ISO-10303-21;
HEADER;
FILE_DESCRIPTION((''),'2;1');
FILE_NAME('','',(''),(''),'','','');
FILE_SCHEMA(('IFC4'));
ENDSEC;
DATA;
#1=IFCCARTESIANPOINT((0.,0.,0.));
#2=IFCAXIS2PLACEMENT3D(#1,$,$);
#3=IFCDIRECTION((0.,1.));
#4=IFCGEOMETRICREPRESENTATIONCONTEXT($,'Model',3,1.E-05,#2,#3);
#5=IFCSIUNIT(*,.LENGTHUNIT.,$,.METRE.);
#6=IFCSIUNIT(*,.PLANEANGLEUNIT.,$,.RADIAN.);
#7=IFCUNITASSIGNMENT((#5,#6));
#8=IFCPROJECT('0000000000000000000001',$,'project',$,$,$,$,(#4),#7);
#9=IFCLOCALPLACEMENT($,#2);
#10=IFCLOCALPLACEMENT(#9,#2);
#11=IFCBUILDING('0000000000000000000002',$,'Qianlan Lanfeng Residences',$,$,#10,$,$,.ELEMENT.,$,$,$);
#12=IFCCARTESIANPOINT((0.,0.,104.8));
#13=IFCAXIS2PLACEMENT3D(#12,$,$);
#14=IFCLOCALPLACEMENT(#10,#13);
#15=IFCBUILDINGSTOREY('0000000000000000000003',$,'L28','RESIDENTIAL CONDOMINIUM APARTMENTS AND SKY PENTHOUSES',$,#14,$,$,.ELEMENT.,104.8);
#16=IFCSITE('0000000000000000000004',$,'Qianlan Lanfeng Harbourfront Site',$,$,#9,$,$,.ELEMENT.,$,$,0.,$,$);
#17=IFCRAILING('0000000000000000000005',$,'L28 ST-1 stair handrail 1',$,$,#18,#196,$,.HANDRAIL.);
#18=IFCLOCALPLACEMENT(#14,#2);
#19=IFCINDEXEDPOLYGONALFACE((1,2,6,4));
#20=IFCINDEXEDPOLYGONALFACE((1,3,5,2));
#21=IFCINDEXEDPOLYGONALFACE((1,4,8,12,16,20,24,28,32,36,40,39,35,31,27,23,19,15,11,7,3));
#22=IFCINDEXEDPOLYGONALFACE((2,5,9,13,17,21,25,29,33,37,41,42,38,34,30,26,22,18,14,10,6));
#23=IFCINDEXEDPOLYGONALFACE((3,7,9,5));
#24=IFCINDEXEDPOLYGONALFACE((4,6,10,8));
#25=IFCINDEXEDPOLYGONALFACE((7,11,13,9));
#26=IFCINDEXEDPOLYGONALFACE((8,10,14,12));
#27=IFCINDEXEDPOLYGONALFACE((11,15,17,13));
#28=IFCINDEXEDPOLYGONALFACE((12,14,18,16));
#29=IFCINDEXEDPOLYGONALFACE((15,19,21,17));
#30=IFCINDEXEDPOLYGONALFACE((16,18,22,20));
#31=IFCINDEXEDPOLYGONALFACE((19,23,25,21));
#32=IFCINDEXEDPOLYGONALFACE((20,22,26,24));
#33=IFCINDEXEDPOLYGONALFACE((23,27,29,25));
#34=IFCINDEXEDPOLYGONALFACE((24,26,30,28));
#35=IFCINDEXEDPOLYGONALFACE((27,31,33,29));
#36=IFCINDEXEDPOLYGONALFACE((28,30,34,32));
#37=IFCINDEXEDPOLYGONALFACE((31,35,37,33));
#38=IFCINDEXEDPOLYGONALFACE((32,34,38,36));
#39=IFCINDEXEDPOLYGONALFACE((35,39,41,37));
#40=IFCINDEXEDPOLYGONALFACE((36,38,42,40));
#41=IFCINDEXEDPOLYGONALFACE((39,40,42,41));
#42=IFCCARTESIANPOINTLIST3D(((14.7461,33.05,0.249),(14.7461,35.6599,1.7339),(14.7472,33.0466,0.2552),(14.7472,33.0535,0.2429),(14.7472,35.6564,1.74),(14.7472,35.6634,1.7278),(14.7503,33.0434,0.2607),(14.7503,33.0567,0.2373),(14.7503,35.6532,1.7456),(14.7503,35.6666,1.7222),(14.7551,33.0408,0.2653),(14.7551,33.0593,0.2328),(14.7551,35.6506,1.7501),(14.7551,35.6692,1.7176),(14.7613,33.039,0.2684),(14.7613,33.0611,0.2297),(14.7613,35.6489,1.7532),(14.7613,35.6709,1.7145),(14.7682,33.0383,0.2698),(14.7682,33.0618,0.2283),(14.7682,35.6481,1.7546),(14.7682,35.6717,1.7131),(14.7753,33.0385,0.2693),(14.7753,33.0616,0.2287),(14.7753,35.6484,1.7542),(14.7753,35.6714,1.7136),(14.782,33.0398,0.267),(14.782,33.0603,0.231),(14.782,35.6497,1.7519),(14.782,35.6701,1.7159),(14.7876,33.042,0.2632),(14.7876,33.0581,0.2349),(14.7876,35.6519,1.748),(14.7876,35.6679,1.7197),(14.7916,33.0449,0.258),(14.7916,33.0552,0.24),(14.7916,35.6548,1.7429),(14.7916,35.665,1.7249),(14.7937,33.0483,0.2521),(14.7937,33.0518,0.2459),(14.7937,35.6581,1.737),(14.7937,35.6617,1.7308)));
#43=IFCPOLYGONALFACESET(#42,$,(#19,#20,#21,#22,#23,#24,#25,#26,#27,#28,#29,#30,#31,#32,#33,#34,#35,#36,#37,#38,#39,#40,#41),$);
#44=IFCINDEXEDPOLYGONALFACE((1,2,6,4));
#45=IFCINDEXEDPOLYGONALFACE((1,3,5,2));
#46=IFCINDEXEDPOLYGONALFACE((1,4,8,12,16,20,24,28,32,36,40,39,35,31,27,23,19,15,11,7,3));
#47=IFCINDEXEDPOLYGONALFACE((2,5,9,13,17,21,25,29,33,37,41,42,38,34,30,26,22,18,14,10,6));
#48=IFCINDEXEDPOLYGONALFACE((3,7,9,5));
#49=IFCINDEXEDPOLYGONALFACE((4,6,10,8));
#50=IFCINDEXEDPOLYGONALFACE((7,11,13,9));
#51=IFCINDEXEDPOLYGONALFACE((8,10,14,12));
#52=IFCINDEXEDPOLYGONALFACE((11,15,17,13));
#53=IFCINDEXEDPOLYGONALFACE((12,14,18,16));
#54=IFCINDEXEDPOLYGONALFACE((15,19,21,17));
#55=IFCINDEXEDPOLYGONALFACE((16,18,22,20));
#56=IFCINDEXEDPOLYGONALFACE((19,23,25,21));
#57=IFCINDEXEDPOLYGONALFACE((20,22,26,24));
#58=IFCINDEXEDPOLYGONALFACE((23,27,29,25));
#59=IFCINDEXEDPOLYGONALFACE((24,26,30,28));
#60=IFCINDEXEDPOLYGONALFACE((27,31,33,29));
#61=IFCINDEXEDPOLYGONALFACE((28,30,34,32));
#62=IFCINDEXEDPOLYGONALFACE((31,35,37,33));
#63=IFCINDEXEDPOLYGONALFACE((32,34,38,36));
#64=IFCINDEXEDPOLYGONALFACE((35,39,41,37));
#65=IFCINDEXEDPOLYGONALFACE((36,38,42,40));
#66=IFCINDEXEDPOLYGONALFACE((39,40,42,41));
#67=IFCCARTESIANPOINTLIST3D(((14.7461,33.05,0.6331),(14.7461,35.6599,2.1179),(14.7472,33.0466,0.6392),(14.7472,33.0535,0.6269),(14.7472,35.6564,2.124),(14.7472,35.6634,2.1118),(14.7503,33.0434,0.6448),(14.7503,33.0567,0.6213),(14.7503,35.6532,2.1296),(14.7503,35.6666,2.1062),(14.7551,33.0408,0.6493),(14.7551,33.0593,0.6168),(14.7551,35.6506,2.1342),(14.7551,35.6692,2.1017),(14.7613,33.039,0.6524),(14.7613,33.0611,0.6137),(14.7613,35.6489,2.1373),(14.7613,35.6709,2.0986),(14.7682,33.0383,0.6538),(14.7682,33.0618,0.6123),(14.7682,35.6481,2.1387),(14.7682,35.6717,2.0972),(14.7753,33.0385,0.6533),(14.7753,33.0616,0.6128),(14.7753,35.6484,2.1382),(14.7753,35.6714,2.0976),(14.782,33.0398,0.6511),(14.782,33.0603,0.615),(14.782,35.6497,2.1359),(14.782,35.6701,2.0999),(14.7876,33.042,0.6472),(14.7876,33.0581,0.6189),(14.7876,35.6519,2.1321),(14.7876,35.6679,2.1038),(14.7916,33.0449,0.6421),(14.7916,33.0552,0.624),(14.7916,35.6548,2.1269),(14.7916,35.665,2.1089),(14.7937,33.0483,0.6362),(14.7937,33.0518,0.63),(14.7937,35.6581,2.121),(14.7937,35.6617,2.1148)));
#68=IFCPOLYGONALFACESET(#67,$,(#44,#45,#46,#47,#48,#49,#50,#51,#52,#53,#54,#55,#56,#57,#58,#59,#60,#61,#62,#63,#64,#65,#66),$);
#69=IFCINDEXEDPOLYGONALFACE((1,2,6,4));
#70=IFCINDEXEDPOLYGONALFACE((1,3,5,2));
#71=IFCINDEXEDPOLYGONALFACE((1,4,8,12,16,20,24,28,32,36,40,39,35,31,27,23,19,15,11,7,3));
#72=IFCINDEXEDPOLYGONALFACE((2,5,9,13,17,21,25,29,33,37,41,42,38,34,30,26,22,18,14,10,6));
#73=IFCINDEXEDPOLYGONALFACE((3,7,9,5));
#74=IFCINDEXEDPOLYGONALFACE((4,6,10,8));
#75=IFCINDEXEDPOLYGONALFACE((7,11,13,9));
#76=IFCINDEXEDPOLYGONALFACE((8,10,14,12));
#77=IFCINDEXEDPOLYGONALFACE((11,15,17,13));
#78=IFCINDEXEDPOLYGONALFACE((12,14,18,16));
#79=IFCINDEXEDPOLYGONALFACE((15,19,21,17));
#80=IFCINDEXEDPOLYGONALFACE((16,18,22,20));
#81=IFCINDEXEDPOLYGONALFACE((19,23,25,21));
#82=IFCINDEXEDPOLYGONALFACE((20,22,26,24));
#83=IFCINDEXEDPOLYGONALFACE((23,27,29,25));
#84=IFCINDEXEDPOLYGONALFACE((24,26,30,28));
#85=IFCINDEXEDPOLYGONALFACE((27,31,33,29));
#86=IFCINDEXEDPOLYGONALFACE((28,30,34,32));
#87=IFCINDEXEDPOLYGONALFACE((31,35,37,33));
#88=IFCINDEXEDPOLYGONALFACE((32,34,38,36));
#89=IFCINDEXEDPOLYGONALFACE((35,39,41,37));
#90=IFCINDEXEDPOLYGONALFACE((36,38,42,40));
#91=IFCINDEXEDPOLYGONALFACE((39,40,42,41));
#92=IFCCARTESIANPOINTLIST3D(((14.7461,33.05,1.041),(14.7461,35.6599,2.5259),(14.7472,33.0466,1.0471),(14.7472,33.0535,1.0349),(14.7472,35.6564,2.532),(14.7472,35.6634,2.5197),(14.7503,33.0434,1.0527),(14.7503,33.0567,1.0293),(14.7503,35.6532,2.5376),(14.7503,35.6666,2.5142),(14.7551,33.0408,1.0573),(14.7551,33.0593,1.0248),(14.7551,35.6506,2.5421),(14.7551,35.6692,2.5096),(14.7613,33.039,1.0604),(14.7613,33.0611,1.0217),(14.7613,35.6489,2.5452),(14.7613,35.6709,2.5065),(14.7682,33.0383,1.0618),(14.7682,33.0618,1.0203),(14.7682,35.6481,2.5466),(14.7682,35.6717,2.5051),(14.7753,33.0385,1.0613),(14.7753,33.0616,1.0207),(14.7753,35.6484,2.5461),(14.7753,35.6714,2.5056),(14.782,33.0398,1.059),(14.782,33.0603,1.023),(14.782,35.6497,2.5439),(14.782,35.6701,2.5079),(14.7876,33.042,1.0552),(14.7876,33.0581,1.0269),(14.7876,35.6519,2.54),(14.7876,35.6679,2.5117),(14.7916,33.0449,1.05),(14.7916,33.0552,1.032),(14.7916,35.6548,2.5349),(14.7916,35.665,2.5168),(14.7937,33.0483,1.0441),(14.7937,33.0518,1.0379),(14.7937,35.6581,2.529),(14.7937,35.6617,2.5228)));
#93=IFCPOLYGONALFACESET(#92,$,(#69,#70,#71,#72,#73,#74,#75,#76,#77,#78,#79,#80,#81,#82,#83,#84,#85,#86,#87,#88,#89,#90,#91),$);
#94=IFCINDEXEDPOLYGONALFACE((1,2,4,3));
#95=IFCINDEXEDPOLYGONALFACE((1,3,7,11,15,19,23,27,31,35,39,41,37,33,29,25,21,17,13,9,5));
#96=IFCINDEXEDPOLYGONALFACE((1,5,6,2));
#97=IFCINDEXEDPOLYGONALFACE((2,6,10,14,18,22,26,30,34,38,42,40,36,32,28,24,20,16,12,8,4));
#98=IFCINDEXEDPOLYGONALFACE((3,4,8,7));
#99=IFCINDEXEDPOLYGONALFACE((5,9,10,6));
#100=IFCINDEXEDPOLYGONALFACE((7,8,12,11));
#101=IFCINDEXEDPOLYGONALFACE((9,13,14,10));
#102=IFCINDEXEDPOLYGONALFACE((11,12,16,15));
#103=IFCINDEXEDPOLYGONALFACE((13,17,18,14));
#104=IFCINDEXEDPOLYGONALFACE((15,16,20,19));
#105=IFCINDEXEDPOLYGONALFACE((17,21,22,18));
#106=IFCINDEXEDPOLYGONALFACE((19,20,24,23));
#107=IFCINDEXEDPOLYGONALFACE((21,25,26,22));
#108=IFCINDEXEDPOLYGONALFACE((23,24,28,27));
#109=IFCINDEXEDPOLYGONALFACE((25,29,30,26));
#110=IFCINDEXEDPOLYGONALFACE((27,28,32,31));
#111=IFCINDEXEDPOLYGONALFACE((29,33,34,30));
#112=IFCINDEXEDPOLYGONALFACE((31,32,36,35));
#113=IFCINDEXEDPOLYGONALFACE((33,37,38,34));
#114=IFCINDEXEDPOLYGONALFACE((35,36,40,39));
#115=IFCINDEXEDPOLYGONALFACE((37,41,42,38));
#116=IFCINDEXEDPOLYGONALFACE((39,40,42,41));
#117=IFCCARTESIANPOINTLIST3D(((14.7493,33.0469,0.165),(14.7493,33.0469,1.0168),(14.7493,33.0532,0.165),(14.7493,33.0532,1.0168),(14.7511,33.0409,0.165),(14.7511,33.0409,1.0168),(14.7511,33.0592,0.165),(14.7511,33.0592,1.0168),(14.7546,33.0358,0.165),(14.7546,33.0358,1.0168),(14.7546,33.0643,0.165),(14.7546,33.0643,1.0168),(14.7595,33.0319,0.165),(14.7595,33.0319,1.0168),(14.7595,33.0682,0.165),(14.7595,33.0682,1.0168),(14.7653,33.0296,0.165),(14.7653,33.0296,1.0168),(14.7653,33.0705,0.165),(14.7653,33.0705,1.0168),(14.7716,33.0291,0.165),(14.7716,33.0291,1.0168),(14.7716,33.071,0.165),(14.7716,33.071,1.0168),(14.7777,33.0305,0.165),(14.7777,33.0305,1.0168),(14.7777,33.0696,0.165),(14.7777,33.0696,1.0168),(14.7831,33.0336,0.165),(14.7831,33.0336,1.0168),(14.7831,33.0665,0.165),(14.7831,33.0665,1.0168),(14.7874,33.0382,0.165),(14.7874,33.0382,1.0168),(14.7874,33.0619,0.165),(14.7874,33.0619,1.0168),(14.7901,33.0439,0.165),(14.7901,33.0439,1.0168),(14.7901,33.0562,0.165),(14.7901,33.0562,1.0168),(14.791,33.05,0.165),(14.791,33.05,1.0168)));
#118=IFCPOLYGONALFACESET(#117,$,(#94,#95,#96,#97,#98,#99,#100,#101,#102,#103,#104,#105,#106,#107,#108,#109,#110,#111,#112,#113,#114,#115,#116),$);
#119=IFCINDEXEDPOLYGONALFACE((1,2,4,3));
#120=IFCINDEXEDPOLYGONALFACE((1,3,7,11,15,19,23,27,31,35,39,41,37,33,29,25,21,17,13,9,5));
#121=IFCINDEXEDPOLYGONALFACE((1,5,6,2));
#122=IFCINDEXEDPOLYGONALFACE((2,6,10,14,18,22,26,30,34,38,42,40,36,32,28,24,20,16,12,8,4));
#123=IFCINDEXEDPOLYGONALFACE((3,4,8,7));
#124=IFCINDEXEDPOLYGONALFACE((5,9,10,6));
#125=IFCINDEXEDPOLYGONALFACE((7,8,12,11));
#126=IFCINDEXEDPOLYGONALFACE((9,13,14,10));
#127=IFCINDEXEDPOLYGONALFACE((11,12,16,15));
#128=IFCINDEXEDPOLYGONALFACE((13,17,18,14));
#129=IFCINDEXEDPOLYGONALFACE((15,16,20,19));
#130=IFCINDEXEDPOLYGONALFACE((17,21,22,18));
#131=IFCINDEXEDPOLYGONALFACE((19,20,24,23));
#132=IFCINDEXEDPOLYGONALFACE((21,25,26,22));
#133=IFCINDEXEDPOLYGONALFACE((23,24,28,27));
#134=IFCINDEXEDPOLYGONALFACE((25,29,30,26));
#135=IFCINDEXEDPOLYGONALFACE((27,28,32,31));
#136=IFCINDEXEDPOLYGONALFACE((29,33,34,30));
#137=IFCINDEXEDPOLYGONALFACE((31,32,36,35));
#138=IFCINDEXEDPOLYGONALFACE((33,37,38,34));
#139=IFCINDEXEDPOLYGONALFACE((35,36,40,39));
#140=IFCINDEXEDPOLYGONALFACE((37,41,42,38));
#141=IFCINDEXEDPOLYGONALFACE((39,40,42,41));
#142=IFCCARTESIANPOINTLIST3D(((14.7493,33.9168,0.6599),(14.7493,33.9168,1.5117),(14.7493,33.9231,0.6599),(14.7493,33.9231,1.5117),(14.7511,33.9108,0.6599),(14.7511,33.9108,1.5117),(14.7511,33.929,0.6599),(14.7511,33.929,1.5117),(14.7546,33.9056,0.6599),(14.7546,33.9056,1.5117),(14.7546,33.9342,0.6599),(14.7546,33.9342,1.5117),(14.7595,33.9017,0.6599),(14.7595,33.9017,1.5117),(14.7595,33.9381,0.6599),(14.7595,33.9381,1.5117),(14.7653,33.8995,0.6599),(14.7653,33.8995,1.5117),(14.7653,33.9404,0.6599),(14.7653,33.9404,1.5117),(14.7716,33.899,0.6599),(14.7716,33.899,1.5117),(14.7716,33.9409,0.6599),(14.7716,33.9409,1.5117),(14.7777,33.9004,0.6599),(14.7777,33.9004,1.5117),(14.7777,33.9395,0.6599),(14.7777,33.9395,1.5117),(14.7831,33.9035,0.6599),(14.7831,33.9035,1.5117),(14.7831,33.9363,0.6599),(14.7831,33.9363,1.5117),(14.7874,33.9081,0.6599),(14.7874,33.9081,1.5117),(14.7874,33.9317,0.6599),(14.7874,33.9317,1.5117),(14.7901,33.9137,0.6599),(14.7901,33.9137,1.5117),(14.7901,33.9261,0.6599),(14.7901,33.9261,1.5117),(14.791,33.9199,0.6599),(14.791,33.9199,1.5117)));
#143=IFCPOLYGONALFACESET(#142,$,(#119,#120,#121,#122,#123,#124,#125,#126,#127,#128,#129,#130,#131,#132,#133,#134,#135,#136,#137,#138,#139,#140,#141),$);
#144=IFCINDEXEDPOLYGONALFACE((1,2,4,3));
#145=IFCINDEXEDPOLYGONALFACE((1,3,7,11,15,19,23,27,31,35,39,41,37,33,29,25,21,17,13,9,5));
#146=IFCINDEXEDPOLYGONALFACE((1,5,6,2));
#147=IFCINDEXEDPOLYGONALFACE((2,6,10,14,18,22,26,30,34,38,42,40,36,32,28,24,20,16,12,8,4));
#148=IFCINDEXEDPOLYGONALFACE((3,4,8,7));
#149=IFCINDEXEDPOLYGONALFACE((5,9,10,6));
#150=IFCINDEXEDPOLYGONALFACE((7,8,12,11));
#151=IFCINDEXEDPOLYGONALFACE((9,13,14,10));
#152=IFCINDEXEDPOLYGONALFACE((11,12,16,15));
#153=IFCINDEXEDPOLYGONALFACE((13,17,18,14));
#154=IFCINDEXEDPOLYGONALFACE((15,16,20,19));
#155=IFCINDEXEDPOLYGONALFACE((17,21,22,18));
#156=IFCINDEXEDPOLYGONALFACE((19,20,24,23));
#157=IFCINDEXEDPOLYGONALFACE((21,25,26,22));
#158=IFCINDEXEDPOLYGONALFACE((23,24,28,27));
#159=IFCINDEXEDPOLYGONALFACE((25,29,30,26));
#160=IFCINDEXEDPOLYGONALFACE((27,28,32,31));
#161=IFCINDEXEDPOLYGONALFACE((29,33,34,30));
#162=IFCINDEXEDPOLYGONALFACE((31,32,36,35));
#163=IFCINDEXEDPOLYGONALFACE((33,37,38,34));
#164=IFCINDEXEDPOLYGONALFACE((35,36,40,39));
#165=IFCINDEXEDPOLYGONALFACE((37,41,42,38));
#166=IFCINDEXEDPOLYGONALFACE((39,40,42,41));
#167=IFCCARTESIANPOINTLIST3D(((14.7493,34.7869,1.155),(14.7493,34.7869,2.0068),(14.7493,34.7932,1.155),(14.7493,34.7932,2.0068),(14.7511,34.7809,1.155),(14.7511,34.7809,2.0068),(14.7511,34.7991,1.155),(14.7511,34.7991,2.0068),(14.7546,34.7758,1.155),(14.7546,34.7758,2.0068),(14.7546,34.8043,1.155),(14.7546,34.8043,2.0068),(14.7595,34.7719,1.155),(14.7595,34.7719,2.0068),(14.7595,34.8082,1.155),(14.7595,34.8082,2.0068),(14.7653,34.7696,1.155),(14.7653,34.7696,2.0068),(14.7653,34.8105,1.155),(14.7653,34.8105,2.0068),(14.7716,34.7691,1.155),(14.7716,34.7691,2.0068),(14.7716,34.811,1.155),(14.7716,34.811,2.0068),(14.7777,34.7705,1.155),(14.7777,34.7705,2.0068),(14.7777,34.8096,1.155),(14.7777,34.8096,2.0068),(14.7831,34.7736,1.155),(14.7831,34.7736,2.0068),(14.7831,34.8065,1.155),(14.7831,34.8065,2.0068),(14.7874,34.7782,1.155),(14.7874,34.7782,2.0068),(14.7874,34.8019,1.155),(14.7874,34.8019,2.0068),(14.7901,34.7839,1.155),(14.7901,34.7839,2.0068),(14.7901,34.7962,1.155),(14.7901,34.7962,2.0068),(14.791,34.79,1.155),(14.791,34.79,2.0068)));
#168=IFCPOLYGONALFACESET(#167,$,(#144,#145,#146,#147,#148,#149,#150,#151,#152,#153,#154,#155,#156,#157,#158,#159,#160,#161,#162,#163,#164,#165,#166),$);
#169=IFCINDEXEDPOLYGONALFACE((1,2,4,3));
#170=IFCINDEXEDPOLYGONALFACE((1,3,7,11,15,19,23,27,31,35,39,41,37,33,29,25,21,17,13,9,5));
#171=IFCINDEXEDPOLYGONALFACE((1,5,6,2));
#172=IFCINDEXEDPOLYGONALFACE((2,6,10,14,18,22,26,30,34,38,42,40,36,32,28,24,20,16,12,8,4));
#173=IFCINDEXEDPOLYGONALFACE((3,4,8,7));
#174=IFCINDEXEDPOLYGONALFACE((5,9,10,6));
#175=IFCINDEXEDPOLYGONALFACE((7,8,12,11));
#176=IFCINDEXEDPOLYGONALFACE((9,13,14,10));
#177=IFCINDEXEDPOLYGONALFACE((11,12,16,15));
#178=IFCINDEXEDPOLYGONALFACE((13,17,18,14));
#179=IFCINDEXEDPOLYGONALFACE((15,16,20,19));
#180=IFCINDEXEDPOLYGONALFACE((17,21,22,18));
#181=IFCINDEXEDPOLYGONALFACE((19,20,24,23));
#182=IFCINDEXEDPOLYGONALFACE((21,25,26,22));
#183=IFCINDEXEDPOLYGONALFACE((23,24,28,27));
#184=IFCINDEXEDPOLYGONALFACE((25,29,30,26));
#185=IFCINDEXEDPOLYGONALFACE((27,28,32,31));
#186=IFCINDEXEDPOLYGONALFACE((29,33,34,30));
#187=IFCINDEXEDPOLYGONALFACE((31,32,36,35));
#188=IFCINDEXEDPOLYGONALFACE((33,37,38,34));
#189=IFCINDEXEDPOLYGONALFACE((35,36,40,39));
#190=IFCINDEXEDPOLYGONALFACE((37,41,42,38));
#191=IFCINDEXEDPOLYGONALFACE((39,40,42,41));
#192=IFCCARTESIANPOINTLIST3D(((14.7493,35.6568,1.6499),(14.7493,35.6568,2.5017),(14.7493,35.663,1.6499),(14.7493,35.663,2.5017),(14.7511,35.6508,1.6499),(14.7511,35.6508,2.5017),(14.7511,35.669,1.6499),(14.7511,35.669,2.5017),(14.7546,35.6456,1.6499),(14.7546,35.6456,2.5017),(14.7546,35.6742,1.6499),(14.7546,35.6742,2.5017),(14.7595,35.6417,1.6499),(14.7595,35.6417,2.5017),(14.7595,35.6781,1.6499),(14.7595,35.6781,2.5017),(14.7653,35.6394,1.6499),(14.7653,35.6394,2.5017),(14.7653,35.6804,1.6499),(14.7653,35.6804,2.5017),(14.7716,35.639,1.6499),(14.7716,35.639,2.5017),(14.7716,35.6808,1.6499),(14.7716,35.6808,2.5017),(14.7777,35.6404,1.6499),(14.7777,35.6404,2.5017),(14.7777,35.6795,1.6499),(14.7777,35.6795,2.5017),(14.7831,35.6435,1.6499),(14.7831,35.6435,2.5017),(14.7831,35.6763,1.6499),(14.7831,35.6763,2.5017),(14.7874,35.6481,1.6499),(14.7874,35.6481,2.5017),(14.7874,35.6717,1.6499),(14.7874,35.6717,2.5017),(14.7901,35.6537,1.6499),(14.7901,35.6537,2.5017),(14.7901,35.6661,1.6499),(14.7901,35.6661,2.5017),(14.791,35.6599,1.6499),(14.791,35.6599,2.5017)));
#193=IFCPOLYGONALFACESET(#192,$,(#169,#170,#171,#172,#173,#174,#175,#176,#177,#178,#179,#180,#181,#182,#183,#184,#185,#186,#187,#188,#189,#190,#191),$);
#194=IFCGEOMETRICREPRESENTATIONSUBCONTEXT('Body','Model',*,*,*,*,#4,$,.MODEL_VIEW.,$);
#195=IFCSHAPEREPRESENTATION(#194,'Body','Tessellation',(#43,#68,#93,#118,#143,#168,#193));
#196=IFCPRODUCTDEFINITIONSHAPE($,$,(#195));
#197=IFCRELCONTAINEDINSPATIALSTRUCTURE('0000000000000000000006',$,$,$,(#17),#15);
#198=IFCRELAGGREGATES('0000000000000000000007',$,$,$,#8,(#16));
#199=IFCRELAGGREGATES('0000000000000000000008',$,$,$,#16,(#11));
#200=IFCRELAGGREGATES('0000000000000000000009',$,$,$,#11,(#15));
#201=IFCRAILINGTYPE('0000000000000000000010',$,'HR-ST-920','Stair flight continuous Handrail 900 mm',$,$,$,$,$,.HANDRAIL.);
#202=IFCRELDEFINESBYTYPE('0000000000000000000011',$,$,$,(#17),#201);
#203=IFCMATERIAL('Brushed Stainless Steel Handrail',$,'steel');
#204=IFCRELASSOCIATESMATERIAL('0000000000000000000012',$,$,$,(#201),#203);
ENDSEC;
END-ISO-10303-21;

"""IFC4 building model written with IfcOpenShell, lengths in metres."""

from ifc_helpers import new_model, si_unit, direction, frame, origin, origin_2d, place, context, subcontext, project, spatial, circle, extrude, material, type_object, element, save


model = new_model("IFC4")

# Units and contexts
model_context = context("Model", 3, precision=1e-05, world=origin(), true_north=direction((0.0, 1.0)))
body_context = subcontext(model_context, "Body", "Model", "MODEL_VIEW")
ifc_project = project(units=[si_unit("LENGTHUNIT", "METRE"), si_unit("PLANEANGLEUNIT", "RADIAN")], contexts=[model_context])

# Site, building, storey
site_placement = place(None, origin())
site = spatial("IfcSite", under=ifc_project, at=site_placement, Name="Qianlan Lanfeng Harbourfront Site", CompositionType="ELEMENT", RefElevation=0.0)
building_placement = place(site_placement, origin())
building = spatial("IfcBuilding", under=site, at=building_placement, Name="Qianlan Lanfeng Residences", CompositionType="ELEMENT")
storey_placement = place(building_placement, frame((0.0, 0.0, 104.8)))
storey = spatial("IfcBuildingStorey", under=building, at=storey_placement, Name="L28", Description="RESIDENTIAL CONDOMINIUM APARTMENTS AND SKY PENTHOUSES", CompositionType="ELEMENT", Elevation=104.8)

# Railing
ifc_material_1 = material(Name="Brushed Stainless Steel Handrail", Category="steel")
railing_type_1 = type_object("IfcRailingType", Name="HR-ST-920", Description="Stair flight continuous Handrail 900 mm", PredefinedType="HANDRAIL", material=ifc_material_1)
railing_1_placement = place(storey_placement, frame((14.77, 33.05, 0.165)))
element("IfcRailing", 1, at=railing_1_placement, inside=storey, type_object=railing_type_1, Name="L28 ST-1 stair handrail 1", PredefinedType="HANDRAIL", context=body_context, shape_type="SweptSolid", body=[
    extrude(circle(Radius=0.0239, at=origin_2d()), frame((0.0, 0.0, 0.084), z_axis=(0.0, 0.869172, 0.494509), x_axis=(-1.0, 0.0, 0.0)), (0.0, 0.0, 1.0), 3.0027),
    extrude(circle(Radius=0.0239, at=origin_2d()), frame((0.0, 0.0, 0.468), z_axis=(0.0, 0.869172, 0.494509), x_axis=(-1.0, 0.0, 0.0)), (0.0, 0.0, 1.0), 3.0027),
    extrude(circle(Radius=0.0239, at=origin_2d()), frame((0.0, 0.0, 0.876), z_axis=(0.0, 0.869172, 0.494509), x_axis=(-1.0, 0.0, 0.0)), (0.0, 0.0, 1.0), 3.0027),
    extrude(circle(Radius=0.021, at=origin_2d()), origin(), (0.0, 0.0, 1.0), 0.8518),
    extrude(circle(Radius=0.021, at=origin_2d()), frame((0.0, 0.8699, 0.4949)), (0.0, 0.0, 1.0), 0.8518),
    extrude(circle(Radius=0.021, at=origin_2d()), frame((0.0, 1.74, 0.99)), (0.0, 0.0, 1.0), 0.8518),
    extrude(circle(Radius=0.021, at=origin_2d()), frame((0.0, 2.6099, 1.4849)), (0.0, 0.0, 1.0), 0.8518),
])

save(model, "model.ifc")
